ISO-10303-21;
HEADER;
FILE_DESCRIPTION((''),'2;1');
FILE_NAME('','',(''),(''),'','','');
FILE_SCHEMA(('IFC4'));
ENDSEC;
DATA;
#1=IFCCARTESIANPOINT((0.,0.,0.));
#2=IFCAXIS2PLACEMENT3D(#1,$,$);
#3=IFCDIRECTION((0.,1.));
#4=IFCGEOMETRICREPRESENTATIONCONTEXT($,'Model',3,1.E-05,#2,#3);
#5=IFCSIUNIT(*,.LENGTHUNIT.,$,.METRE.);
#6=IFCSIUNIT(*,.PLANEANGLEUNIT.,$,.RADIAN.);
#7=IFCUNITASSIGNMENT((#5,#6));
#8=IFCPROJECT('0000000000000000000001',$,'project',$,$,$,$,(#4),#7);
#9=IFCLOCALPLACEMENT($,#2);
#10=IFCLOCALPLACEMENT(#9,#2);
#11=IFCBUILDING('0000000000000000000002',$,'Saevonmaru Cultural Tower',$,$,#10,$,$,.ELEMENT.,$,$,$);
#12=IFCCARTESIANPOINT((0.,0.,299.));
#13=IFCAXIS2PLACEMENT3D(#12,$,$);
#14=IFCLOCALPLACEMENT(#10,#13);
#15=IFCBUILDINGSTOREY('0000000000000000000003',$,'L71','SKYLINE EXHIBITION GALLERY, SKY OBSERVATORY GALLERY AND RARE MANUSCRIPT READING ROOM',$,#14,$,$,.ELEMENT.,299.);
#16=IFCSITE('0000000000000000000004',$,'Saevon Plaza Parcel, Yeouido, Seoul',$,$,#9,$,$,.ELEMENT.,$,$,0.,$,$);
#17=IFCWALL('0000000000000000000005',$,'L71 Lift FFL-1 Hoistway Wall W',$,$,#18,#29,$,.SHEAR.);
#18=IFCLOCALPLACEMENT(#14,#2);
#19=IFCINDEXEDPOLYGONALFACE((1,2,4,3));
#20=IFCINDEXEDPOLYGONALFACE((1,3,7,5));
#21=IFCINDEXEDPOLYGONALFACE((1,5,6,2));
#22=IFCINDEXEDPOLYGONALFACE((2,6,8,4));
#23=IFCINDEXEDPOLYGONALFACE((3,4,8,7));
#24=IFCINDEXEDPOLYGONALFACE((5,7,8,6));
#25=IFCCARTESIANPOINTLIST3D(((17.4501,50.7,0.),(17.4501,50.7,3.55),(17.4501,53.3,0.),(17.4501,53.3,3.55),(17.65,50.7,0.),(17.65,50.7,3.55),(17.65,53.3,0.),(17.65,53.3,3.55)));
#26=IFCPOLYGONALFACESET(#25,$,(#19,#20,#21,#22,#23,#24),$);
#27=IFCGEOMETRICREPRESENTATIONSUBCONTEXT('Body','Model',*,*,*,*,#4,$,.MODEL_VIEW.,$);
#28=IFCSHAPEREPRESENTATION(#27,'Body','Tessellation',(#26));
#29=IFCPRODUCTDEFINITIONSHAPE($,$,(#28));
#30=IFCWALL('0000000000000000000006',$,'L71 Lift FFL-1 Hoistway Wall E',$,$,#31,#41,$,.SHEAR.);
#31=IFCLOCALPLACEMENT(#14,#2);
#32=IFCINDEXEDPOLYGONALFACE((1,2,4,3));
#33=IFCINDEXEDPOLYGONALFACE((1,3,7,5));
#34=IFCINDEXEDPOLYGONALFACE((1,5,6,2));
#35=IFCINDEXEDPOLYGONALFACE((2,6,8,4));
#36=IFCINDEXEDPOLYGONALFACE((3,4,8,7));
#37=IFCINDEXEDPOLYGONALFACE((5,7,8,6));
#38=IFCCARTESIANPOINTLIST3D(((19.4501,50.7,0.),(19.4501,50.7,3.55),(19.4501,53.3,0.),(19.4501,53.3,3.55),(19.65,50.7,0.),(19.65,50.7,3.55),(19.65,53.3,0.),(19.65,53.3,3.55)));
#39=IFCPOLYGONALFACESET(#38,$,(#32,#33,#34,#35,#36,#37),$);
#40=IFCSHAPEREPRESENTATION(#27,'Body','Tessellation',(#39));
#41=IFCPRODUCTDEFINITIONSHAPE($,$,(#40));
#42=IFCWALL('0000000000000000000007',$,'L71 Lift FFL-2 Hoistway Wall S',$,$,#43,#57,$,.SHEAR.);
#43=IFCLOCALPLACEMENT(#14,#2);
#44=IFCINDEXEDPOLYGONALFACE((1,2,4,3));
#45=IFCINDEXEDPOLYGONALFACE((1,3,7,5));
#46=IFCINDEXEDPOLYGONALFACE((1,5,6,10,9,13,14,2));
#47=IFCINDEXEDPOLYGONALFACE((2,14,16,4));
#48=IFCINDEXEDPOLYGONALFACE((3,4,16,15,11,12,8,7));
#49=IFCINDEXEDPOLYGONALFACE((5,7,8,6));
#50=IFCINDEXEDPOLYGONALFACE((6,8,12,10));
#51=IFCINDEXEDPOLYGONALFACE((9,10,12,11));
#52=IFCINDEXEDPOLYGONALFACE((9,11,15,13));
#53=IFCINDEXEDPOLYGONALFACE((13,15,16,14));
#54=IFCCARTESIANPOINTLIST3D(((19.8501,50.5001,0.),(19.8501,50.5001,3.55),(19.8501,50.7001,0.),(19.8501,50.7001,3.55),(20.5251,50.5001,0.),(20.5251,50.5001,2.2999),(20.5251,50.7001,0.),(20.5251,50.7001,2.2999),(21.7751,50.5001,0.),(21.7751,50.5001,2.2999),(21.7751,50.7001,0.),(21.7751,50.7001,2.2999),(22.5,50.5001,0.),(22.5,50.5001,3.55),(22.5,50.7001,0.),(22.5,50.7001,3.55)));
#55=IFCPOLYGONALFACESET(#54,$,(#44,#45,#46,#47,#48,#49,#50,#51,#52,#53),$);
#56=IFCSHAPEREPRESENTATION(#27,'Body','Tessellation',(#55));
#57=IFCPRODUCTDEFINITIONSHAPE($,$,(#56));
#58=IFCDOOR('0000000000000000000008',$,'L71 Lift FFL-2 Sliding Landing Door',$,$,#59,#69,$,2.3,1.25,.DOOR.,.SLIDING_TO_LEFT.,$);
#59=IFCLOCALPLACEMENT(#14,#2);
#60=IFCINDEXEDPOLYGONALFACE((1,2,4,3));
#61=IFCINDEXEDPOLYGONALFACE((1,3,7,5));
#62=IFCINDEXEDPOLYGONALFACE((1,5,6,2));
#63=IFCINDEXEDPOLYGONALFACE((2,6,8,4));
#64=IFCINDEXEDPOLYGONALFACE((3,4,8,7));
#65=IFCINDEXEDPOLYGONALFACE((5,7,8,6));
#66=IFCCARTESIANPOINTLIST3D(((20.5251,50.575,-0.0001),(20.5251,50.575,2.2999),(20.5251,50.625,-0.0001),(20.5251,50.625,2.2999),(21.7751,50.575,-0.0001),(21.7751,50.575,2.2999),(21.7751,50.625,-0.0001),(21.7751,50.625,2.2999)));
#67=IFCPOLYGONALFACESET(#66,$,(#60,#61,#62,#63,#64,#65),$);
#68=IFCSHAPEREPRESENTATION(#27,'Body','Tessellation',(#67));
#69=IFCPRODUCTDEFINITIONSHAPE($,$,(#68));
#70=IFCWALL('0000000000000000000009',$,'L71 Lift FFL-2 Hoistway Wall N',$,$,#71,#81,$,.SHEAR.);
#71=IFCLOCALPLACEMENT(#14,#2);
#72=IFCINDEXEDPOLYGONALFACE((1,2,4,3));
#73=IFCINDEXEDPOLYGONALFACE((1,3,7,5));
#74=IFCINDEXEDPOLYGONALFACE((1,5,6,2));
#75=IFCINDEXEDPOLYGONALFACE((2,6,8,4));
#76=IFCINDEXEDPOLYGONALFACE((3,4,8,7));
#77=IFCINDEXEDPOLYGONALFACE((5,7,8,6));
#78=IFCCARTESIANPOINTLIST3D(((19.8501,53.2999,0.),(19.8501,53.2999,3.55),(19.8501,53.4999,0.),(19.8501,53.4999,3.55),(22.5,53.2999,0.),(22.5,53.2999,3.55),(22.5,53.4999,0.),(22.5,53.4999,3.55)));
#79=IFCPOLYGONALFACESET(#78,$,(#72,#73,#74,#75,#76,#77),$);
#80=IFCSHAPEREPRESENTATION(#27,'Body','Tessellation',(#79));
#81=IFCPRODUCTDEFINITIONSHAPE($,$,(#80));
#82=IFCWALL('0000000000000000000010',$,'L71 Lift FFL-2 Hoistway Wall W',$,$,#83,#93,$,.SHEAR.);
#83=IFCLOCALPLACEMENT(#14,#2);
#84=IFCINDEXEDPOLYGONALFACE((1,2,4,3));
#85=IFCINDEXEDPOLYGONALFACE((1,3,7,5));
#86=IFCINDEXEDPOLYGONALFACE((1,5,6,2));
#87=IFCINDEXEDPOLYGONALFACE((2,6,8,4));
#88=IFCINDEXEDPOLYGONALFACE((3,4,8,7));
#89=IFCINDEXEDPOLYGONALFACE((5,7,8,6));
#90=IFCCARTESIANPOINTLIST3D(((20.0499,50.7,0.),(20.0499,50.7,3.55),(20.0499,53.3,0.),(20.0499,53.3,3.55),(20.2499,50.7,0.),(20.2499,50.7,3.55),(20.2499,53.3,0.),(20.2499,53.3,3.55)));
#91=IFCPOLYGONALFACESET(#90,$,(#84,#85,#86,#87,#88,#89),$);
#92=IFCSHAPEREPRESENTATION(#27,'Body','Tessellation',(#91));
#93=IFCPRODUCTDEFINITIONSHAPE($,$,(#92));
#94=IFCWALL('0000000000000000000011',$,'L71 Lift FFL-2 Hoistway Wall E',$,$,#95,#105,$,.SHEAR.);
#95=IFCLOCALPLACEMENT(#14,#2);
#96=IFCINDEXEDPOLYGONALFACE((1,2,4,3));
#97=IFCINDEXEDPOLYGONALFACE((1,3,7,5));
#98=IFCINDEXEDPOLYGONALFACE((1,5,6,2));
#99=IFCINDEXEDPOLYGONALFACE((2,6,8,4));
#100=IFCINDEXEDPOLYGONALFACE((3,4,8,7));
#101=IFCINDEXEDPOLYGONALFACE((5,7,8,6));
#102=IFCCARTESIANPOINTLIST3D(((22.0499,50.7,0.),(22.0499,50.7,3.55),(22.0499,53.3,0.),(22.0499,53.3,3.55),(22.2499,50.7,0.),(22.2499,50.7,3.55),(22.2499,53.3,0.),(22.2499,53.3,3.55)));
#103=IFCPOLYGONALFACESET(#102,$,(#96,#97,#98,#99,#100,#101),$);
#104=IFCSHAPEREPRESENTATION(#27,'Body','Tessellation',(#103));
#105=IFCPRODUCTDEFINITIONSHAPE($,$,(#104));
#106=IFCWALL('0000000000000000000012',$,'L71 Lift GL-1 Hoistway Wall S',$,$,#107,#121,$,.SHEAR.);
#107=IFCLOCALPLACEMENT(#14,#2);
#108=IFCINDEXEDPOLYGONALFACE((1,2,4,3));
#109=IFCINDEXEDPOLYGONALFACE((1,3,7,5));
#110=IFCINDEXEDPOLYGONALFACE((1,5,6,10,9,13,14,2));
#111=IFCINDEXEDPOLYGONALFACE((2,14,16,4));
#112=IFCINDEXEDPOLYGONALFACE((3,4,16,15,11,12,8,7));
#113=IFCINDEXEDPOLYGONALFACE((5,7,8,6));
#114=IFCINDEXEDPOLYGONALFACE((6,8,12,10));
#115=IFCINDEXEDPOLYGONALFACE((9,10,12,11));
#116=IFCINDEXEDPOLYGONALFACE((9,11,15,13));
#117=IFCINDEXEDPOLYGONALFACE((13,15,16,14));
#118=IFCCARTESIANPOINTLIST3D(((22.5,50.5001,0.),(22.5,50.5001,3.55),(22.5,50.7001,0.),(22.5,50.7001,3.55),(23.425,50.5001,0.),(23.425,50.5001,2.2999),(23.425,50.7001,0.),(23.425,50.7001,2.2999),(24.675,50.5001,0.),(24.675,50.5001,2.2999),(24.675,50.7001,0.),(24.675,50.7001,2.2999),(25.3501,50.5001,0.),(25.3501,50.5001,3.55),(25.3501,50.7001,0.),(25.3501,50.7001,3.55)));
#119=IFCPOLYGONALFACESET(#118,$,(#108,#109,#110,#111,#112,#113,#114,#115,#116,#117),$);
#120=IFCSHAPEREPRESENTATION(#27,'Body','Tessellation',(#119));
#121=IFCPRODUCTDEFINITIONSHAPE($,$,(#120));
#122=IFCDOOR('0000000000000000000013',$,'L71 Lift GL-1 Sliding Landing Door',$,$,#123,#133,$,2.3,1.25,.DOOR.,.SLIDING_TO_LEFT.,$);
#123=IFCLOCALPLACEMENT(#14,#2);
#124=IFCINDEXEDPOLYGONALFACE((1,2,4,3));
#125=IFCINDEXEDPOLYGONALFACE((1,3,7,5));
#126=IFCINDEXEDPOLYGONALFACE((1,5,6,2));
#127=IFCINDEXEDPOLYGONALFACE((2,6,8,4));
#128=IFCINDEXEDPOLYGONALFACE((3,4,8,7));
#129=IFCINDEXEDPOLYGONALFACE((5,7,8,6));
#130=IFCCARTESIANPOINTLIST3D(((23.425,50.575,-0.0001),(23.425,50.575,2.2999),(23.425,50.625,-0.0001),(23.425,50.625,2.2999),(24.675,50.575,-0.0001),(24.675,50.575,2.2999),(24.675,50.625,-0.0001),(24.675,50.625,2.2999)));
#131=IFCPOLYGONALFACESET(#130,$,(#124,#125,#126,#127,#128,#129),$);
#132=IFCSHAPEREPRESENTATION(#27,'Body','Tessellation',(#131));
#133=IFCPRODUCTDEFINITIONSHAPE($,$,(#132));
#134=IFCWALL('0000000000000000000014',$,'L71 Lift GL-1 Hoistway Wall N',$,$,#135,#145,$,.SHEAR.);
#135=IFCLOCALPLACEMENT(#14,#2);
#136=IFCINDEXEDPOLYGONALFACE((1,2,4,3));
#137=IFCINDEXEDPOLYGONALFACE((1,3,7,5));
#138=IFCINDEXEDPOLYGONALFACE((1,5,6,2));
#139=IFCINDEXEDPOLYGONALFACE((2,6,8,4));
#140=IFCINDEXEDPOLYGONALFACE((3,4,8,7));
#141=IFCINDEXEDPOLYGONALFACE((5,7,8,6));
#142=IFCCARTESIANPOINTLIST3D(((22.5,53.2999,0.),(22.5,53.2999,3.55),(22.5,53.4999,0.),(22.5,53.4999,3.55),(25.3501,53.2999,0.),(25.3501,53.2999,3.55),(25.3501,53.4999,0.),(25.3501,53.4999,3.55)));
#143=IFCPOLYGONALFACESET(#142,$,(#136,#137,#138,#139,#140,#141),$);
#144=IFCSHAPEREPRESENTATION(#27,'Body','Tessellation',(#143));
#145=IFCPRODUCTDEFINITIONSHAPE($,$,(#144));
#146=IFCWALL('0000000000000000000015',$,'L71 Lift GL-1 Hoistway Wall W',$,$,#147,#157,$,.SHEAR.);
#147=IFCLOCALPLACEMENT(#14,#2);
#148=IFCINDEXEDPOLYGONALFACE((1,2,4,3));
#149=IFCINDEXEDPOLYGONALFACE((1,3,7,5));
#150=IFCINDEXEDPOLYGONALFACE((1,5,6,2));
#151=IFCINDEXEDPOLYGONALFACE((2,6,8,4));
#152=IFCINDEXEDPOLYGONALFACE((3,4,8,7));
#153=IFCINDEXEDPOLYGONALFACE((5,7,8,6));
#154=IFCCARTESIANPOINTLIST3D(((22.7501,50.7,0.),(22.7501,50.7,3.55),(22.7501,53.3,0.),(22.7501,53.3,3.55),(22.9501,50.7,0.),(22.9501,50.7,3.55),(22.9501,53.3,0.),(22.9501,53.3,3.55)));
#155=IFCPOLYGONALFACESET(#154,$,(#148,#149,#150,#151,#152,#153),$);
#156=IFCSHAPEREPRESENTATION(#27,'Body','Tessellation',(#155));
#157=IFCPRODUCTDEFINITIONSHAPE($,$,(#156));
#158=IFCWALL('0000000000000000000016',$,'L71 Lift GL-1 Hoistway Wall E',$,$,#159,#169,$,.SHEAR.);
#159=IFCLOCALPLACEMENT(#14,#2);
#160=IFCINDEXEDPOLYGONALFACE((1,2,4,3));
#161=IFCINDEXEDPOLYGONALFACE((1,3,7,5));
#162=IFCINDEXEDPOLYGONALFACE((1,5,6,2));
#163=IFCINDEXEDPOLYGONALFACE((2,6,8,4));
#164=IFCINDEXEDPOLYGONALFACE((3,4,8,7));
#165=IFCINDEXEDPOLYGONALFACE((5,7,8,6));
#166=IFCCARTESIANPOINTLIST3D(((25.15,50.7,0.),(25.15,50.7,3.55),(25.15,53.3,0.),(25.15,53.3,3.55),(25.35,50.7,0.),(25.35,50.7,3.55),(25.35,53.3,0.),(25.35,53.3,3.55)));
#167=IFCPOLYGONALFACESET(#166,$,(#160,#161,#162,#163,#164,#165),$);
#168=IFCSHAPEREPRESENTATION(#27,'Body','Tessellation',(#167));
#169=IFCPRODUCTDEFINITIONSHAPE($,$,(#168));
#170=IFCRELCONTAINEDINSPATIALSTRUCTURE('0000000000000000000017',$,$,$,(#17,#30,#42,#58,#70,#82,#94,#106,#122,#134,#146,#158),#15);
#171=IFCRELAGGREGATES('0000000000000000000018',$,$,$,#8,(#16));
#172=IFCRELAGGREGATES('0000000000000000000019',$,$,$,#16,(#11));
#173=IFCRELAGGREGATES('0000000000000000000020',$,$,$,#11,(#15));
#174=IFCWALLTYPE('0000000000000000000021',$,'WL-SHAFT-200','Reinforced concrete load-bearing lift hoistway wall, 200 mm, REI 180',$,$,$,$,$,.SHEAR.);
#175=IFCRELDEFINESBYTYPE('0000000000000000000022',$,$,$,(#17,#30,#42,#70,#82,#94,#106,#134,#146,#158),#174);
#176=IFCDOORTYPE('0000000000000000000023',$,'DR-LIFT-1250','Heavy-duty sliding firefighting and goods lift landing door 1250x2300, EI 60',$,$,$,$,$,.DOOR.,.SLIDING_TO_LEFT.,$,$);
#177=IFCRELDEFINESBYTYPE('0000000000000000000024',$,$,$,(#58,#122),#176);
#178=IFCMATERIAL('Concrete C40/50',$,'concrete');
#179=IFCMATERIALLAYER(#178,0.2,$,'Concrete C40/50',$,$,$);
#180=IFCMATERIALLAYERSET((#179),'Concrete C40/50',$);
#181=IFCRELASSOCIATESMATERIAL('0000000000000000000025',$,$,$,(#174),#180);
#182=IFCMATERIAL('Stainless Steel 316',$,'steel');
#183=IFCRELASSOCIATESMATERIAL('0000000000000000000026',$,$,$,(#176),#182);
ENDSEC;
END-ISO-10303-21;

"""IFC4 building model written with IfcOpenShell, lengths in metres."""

from ifc_helpers import new_model, si_unit, direction, frame, frame_2d, origin, place, context, subcontext, project, spatial, rectangle, extrude, material, layer, layer_set, type_object, element, fill, save


model = new_model("IFC4")

# Units and contexts
model_context = context("Model", 3, precision=1e-05, world=origin(), true_north=direction((0.0, 1.0)))
body_context = subcontext(model_context, "Body", "Model", "MODEL_VIEW")
ifc_project = project(units=[si_unit("LENGTHUNIT", "METRE"), si_unit("PLANEANGLEUNIT", "RADIAN")], contexts=[model_context])

# Site, building, storey
site_placement = place(None, origin())
site = spatial("IfcSite", under=ifc_project, at=site_placement, Name="Saevon Plaza Parcel, Yeouido, Seoul", CompositionType="ELEMENT", RefElevation=0.0)
building_placement = place(site_placement, origin())
building = spatial("IfcBuilding", under=site, at=building_placement, Name="Saevonmaru Cultural Tower", CompositionType="ELEMENT")
storey_placement = place(building_placement, frame((0.0, 0.0, 299.0)))
storey = spatial("IfcBuildingStorey", under=building, at=storey_placement, Name="L71", Description="SKYLINE EXHIBITION GALLERY, SKY OBSERVATORY GALLERY AND RARE MANUSCRIPT READING ROOM", CompositionType="ELEMENT", Elevation=299.0)

# Shared definitions
ifc_material_1 = material(Name="Concrete C40/50", Category="concrete")
ifc_layer_1 = layer(ifc_material_1, 0.2, Name="Concrete C40/50")
ifc_layer_set_1 = layer_set([ifc_layer_1], Name="Concrete C40/50")
wall_type_1 = type_object("IfcWallType", Name="WL-SHAFT-200", Description="Reinforced concrete load-bearing lift hoistway wall, 200 mm, REI 180", PredefinedType="SHEAR", material=ifc_layer_set_1)
ifc_material_2 = material(Name="Stainless Steel 316", Category="steel")
door_type_1 = type_object("IfcDoorType", Name="DR-LIFT-1250", Description="Heavy-duty sliding firefighting and goods lift landing door 1250x2300, EI 60", OperationType="SLIDING_TO_LEFT", PredefinedType="DOOR", material=ifc_material_2)

# Walls
for number, where, z_axis, x_axis, name in (
    (1, (17.55, 50.7, 0.0), (0.0, 0.0, 1.0), (0.0, 1.0, 0.0), "L71 Lift FFL-1 Hoistway Wall W"),
    (2, (19.55, 50.7, 0.0), (0.0, 0.0, 1.0), (0.0, 1.0, 0.0), "L71 Lift FFL-1 Hoistway Wall E"),
):
    element("IfcWall", number, at=place(storey_placement, frame(where, z_axis=z_axis, x_axis=x_axis)), inside=storey, type_object=wall_type_1, Name=name, PredefinedType="SHEAR", context=body_context, shape_type="SweptSolid", body=[
        extrude(rectangle(XDim=2.6001, YDim=0.2, at=frame_2d((1.3, 0.0))), origin(), (0.0, 0.0, 1.0), 3.55),
    ])

# Wall, opening, door
wall_1_placement = place(storey_placement, frame((19.8501, 50.6001, 0.0), z_axis=(0.0, 0.0, 1.0), x_axis=(1.0, 0.0, 0.0)))
wall_1 = element("IfcWall", 3, at=wall_1_placement, inside=storey, type_object=wall_type_1, Name="L71 Lift FFL-2 Hoistway Wall S", PredefinedType="SHEAR", context=body_context, shape_type="SweptSolid", body=[
    extrude(rectangle(XDim=2.6499, YDim=0.2, at=frame_2d((1.325, 0.0))), origin(), (0.0, 0.0, 1.0), 3.55),
])
opening_1_placement = place(wall_1_placement, frame((0.675, 0.0, 0.0)))
opening_1 = element("IfcOpeningElement", 4, at=opening_1_placement, cuts=wall_1, PredefinedType="OPENING", context=body_context, shape_type="SweptSolid", body=[
    extrude(rectangle(XDim=1.25, YDim=2.3, at=frame_2d((0.625, 1.1499))), frame((0.0, 0.1099, 0.0), z_axis=(0.0, -1.0, 0.0), x_axis=(1.0, 0.0, 0.0)), (0.0, 0.0, 1.0), 0.22),
])
door_1_placement = place(opening_1_placement, origin())
door_1 = element("IfcDoor", 5, at=door_1_placement, inside=storey, type_object=door_type_1, Name="L71 Lift FFL-2 Sliding Landing Door", OperationType="SLIDING_TO_LEFT", OverallHeight=2.3, OverallWidth=1.25, PredefinedType="DOOR", context=body_context, shape_type="SweptSolid", body=[
    extrude(rectangle(XDim=1.25, YDim=2.3, at=frame_2d((0.625, 1.1499))), frame((0.0, 0.0249, 0.0), z_axis=(0.0, -1.0, 0.0), x_axis=(1.0, 0.0, 0.0)), (0.0, 0.0, 1.0), 0.05),
])
fill(opening_1, door_1)

# Walls
wall_2_placement = place(storey_placement, frame((19.8501, 53.3999, 0.0), z_axis=(0.0, 0.0, 1.0), x_axis=(1.0, 0.0, 0.0)))
element("IfcWall", 6, at=wall_2_placement, inside=storey, type_object=wall_type_1, Name="L71 Lift FFL-2 Hoistway Wall N", PredefinedType="SHEAR", context=body_context, shape_type="SweptSolid", body=[
    extrude(rectangle(XDim=2.6499, YDim=0.2, at=frame_2d((1.325, 0.0))), origin(), (0.0, 0.0, 1.0), 3.55),
])
for number, where, z_axis, x_axis, name in (
    (7, (20.1499, 50.7, 0.0), (0.0, 0.0, 1.0), (0.0, 1.0, 0.0), "L71 Lift FFL-2 Hoistway Wall W"),
    (8, (22.1499, 50.7, 0.0), (0.0, 0.0, 1.0), (0.0, 1.0, 0.0), "L71 Lift FFL-2 Hoistway Wall E"),
):
    element("IfcWall", number, at=place(storey_placement, frame(where, z_axis=z_axis, x_axis=x_axis)), inside=storey, type_object=wall_type_1, Name=name, PredefinedType="SHEAR", context=body_context, shape_type="SweptSolid", body=[
        extrude(rectangle(XDim=2.6001, YDim=0.2, at=frame_2d((1.3, 0.0))), origin(), (0.0, 0.0, 1.0), 3.55),
    ])

# Wall, opening, door
wall_3_placement = place(storey_placement, frame((22.5, 50.6001, 0.0), z_axis=(0.0, 0.0, 1.0), x_axis=(1.0, 0.0, 0.0)))
wall_3 = element("IfcWall", 9, at=wall_3_placement, inside=storey, type_object=wall_type_1, Name="L71 Lift GL-1 Hoistway Wall S", PredefinedType="SHEAR", context=body_context, shape_type="SweptSolid", body=[
    extrude(rectangle(XDim=2.8501, YDim=0.2, at=frame_2d((1.425, 0.0))), origin(), (0.0, 0.0, 1.0), 3.55),
])
opening_2_placement = place(wall_3_placement, frame((0.925, 0.0, 0.0)))
opening_2 = element("IfcOpeningElement", 10, at=opening_2_placement, cuts=wall_3, PredefinedType="OPENING", context=body_context, shape_type="SweptSolid", body=[
    extrude(rectangle(XDim=1.25, YDim=2.3, at=frame_2d((0.625, 1.1499))), frame((0.0, 0.1099, 0.0), z_axis=(0.0, -1.0, 0.0), x_axis=(1.0, 0.0, 0.0)), (0.0, 0.0, 1.0), 0.22),
])
door_2_placement = place(opening_2_placement, origin())
door_2 = element("IfcDoor", 11, at=door_2_placement, inside=storey, type_object=door_type_1, Name="L71 Lift GL-1 Sliding Landing Door", OperationType="SLIDING_TO_LEFT", OverallHeight=2.3, OverallWidth=1.25, PredefinedType="DOOR", context=body_context, shape_type="SweptSolid", body=[
    extrude(rectangle(XDim=1.25, YDim=2.3, at=frame_2d((0.625, 1.1499))), frame((0.0, 0.0249, 0.0), z_axis=(0.0, -1.0, 0.0), x_axis=(1.0, 0.0, 0.0)), (0.0, 0.0, 1.0), 0.05),
])
fill(opening_2, door_2)

# Walls
wall_4_placement = place(storey_placement, frame((22.5, 53.3999, 0.0), z_axis=(0.0, 0.0, 1.0), x_axis=(1.0, 0.0, 0.0)))
element("IfcWall", 12, at=wall_4_placement, inside=storey, type_object=wall_type_1, Name="L71 Lift GL-1 Hoistway Wall N", PredefinedType="SHEAR", context=body_context, shape_type="SweptSolid", body=[
    extrude(rectangle(XDim=2.8501, YDim=0.2, at=frame_2d((1.425, 0.0))), origin(), (0.0, 0.0, 1.0), 3.55),
])
for number, where, z_axis, x_axis, name in (
    (13, (22.8501, 50.7, 0.0), (0.0, 0.0, 1.0), (0.0, 1.0, 0.0), "L71 Lift GL-1 Hoistway Wall W"),
    (14, (25.25, 50.7, 0.0), (0.0, 0.0, 1.0), (0.0, 1.0, 0.0), "L71 Lift GL-1 Hoistway Wall E"),
):
    element("IfcWall", number, at=place(storey_placement, frame(where, z_axis=z_axis, x_axis=x_axis)), inside=storey, type_object=wall_type_1, Name=name, PredefinedType="SHEAR", context=body_context, shape_type="SweptSolid", body=[
        extrude(rectangle(XDim=2.6001, YDim=0.2, at=frame_2d((1.3, 0.0))), origin(), (0.0, 0.0, 1.0), 3.55),
    ])

save(model, "model.ifc")
